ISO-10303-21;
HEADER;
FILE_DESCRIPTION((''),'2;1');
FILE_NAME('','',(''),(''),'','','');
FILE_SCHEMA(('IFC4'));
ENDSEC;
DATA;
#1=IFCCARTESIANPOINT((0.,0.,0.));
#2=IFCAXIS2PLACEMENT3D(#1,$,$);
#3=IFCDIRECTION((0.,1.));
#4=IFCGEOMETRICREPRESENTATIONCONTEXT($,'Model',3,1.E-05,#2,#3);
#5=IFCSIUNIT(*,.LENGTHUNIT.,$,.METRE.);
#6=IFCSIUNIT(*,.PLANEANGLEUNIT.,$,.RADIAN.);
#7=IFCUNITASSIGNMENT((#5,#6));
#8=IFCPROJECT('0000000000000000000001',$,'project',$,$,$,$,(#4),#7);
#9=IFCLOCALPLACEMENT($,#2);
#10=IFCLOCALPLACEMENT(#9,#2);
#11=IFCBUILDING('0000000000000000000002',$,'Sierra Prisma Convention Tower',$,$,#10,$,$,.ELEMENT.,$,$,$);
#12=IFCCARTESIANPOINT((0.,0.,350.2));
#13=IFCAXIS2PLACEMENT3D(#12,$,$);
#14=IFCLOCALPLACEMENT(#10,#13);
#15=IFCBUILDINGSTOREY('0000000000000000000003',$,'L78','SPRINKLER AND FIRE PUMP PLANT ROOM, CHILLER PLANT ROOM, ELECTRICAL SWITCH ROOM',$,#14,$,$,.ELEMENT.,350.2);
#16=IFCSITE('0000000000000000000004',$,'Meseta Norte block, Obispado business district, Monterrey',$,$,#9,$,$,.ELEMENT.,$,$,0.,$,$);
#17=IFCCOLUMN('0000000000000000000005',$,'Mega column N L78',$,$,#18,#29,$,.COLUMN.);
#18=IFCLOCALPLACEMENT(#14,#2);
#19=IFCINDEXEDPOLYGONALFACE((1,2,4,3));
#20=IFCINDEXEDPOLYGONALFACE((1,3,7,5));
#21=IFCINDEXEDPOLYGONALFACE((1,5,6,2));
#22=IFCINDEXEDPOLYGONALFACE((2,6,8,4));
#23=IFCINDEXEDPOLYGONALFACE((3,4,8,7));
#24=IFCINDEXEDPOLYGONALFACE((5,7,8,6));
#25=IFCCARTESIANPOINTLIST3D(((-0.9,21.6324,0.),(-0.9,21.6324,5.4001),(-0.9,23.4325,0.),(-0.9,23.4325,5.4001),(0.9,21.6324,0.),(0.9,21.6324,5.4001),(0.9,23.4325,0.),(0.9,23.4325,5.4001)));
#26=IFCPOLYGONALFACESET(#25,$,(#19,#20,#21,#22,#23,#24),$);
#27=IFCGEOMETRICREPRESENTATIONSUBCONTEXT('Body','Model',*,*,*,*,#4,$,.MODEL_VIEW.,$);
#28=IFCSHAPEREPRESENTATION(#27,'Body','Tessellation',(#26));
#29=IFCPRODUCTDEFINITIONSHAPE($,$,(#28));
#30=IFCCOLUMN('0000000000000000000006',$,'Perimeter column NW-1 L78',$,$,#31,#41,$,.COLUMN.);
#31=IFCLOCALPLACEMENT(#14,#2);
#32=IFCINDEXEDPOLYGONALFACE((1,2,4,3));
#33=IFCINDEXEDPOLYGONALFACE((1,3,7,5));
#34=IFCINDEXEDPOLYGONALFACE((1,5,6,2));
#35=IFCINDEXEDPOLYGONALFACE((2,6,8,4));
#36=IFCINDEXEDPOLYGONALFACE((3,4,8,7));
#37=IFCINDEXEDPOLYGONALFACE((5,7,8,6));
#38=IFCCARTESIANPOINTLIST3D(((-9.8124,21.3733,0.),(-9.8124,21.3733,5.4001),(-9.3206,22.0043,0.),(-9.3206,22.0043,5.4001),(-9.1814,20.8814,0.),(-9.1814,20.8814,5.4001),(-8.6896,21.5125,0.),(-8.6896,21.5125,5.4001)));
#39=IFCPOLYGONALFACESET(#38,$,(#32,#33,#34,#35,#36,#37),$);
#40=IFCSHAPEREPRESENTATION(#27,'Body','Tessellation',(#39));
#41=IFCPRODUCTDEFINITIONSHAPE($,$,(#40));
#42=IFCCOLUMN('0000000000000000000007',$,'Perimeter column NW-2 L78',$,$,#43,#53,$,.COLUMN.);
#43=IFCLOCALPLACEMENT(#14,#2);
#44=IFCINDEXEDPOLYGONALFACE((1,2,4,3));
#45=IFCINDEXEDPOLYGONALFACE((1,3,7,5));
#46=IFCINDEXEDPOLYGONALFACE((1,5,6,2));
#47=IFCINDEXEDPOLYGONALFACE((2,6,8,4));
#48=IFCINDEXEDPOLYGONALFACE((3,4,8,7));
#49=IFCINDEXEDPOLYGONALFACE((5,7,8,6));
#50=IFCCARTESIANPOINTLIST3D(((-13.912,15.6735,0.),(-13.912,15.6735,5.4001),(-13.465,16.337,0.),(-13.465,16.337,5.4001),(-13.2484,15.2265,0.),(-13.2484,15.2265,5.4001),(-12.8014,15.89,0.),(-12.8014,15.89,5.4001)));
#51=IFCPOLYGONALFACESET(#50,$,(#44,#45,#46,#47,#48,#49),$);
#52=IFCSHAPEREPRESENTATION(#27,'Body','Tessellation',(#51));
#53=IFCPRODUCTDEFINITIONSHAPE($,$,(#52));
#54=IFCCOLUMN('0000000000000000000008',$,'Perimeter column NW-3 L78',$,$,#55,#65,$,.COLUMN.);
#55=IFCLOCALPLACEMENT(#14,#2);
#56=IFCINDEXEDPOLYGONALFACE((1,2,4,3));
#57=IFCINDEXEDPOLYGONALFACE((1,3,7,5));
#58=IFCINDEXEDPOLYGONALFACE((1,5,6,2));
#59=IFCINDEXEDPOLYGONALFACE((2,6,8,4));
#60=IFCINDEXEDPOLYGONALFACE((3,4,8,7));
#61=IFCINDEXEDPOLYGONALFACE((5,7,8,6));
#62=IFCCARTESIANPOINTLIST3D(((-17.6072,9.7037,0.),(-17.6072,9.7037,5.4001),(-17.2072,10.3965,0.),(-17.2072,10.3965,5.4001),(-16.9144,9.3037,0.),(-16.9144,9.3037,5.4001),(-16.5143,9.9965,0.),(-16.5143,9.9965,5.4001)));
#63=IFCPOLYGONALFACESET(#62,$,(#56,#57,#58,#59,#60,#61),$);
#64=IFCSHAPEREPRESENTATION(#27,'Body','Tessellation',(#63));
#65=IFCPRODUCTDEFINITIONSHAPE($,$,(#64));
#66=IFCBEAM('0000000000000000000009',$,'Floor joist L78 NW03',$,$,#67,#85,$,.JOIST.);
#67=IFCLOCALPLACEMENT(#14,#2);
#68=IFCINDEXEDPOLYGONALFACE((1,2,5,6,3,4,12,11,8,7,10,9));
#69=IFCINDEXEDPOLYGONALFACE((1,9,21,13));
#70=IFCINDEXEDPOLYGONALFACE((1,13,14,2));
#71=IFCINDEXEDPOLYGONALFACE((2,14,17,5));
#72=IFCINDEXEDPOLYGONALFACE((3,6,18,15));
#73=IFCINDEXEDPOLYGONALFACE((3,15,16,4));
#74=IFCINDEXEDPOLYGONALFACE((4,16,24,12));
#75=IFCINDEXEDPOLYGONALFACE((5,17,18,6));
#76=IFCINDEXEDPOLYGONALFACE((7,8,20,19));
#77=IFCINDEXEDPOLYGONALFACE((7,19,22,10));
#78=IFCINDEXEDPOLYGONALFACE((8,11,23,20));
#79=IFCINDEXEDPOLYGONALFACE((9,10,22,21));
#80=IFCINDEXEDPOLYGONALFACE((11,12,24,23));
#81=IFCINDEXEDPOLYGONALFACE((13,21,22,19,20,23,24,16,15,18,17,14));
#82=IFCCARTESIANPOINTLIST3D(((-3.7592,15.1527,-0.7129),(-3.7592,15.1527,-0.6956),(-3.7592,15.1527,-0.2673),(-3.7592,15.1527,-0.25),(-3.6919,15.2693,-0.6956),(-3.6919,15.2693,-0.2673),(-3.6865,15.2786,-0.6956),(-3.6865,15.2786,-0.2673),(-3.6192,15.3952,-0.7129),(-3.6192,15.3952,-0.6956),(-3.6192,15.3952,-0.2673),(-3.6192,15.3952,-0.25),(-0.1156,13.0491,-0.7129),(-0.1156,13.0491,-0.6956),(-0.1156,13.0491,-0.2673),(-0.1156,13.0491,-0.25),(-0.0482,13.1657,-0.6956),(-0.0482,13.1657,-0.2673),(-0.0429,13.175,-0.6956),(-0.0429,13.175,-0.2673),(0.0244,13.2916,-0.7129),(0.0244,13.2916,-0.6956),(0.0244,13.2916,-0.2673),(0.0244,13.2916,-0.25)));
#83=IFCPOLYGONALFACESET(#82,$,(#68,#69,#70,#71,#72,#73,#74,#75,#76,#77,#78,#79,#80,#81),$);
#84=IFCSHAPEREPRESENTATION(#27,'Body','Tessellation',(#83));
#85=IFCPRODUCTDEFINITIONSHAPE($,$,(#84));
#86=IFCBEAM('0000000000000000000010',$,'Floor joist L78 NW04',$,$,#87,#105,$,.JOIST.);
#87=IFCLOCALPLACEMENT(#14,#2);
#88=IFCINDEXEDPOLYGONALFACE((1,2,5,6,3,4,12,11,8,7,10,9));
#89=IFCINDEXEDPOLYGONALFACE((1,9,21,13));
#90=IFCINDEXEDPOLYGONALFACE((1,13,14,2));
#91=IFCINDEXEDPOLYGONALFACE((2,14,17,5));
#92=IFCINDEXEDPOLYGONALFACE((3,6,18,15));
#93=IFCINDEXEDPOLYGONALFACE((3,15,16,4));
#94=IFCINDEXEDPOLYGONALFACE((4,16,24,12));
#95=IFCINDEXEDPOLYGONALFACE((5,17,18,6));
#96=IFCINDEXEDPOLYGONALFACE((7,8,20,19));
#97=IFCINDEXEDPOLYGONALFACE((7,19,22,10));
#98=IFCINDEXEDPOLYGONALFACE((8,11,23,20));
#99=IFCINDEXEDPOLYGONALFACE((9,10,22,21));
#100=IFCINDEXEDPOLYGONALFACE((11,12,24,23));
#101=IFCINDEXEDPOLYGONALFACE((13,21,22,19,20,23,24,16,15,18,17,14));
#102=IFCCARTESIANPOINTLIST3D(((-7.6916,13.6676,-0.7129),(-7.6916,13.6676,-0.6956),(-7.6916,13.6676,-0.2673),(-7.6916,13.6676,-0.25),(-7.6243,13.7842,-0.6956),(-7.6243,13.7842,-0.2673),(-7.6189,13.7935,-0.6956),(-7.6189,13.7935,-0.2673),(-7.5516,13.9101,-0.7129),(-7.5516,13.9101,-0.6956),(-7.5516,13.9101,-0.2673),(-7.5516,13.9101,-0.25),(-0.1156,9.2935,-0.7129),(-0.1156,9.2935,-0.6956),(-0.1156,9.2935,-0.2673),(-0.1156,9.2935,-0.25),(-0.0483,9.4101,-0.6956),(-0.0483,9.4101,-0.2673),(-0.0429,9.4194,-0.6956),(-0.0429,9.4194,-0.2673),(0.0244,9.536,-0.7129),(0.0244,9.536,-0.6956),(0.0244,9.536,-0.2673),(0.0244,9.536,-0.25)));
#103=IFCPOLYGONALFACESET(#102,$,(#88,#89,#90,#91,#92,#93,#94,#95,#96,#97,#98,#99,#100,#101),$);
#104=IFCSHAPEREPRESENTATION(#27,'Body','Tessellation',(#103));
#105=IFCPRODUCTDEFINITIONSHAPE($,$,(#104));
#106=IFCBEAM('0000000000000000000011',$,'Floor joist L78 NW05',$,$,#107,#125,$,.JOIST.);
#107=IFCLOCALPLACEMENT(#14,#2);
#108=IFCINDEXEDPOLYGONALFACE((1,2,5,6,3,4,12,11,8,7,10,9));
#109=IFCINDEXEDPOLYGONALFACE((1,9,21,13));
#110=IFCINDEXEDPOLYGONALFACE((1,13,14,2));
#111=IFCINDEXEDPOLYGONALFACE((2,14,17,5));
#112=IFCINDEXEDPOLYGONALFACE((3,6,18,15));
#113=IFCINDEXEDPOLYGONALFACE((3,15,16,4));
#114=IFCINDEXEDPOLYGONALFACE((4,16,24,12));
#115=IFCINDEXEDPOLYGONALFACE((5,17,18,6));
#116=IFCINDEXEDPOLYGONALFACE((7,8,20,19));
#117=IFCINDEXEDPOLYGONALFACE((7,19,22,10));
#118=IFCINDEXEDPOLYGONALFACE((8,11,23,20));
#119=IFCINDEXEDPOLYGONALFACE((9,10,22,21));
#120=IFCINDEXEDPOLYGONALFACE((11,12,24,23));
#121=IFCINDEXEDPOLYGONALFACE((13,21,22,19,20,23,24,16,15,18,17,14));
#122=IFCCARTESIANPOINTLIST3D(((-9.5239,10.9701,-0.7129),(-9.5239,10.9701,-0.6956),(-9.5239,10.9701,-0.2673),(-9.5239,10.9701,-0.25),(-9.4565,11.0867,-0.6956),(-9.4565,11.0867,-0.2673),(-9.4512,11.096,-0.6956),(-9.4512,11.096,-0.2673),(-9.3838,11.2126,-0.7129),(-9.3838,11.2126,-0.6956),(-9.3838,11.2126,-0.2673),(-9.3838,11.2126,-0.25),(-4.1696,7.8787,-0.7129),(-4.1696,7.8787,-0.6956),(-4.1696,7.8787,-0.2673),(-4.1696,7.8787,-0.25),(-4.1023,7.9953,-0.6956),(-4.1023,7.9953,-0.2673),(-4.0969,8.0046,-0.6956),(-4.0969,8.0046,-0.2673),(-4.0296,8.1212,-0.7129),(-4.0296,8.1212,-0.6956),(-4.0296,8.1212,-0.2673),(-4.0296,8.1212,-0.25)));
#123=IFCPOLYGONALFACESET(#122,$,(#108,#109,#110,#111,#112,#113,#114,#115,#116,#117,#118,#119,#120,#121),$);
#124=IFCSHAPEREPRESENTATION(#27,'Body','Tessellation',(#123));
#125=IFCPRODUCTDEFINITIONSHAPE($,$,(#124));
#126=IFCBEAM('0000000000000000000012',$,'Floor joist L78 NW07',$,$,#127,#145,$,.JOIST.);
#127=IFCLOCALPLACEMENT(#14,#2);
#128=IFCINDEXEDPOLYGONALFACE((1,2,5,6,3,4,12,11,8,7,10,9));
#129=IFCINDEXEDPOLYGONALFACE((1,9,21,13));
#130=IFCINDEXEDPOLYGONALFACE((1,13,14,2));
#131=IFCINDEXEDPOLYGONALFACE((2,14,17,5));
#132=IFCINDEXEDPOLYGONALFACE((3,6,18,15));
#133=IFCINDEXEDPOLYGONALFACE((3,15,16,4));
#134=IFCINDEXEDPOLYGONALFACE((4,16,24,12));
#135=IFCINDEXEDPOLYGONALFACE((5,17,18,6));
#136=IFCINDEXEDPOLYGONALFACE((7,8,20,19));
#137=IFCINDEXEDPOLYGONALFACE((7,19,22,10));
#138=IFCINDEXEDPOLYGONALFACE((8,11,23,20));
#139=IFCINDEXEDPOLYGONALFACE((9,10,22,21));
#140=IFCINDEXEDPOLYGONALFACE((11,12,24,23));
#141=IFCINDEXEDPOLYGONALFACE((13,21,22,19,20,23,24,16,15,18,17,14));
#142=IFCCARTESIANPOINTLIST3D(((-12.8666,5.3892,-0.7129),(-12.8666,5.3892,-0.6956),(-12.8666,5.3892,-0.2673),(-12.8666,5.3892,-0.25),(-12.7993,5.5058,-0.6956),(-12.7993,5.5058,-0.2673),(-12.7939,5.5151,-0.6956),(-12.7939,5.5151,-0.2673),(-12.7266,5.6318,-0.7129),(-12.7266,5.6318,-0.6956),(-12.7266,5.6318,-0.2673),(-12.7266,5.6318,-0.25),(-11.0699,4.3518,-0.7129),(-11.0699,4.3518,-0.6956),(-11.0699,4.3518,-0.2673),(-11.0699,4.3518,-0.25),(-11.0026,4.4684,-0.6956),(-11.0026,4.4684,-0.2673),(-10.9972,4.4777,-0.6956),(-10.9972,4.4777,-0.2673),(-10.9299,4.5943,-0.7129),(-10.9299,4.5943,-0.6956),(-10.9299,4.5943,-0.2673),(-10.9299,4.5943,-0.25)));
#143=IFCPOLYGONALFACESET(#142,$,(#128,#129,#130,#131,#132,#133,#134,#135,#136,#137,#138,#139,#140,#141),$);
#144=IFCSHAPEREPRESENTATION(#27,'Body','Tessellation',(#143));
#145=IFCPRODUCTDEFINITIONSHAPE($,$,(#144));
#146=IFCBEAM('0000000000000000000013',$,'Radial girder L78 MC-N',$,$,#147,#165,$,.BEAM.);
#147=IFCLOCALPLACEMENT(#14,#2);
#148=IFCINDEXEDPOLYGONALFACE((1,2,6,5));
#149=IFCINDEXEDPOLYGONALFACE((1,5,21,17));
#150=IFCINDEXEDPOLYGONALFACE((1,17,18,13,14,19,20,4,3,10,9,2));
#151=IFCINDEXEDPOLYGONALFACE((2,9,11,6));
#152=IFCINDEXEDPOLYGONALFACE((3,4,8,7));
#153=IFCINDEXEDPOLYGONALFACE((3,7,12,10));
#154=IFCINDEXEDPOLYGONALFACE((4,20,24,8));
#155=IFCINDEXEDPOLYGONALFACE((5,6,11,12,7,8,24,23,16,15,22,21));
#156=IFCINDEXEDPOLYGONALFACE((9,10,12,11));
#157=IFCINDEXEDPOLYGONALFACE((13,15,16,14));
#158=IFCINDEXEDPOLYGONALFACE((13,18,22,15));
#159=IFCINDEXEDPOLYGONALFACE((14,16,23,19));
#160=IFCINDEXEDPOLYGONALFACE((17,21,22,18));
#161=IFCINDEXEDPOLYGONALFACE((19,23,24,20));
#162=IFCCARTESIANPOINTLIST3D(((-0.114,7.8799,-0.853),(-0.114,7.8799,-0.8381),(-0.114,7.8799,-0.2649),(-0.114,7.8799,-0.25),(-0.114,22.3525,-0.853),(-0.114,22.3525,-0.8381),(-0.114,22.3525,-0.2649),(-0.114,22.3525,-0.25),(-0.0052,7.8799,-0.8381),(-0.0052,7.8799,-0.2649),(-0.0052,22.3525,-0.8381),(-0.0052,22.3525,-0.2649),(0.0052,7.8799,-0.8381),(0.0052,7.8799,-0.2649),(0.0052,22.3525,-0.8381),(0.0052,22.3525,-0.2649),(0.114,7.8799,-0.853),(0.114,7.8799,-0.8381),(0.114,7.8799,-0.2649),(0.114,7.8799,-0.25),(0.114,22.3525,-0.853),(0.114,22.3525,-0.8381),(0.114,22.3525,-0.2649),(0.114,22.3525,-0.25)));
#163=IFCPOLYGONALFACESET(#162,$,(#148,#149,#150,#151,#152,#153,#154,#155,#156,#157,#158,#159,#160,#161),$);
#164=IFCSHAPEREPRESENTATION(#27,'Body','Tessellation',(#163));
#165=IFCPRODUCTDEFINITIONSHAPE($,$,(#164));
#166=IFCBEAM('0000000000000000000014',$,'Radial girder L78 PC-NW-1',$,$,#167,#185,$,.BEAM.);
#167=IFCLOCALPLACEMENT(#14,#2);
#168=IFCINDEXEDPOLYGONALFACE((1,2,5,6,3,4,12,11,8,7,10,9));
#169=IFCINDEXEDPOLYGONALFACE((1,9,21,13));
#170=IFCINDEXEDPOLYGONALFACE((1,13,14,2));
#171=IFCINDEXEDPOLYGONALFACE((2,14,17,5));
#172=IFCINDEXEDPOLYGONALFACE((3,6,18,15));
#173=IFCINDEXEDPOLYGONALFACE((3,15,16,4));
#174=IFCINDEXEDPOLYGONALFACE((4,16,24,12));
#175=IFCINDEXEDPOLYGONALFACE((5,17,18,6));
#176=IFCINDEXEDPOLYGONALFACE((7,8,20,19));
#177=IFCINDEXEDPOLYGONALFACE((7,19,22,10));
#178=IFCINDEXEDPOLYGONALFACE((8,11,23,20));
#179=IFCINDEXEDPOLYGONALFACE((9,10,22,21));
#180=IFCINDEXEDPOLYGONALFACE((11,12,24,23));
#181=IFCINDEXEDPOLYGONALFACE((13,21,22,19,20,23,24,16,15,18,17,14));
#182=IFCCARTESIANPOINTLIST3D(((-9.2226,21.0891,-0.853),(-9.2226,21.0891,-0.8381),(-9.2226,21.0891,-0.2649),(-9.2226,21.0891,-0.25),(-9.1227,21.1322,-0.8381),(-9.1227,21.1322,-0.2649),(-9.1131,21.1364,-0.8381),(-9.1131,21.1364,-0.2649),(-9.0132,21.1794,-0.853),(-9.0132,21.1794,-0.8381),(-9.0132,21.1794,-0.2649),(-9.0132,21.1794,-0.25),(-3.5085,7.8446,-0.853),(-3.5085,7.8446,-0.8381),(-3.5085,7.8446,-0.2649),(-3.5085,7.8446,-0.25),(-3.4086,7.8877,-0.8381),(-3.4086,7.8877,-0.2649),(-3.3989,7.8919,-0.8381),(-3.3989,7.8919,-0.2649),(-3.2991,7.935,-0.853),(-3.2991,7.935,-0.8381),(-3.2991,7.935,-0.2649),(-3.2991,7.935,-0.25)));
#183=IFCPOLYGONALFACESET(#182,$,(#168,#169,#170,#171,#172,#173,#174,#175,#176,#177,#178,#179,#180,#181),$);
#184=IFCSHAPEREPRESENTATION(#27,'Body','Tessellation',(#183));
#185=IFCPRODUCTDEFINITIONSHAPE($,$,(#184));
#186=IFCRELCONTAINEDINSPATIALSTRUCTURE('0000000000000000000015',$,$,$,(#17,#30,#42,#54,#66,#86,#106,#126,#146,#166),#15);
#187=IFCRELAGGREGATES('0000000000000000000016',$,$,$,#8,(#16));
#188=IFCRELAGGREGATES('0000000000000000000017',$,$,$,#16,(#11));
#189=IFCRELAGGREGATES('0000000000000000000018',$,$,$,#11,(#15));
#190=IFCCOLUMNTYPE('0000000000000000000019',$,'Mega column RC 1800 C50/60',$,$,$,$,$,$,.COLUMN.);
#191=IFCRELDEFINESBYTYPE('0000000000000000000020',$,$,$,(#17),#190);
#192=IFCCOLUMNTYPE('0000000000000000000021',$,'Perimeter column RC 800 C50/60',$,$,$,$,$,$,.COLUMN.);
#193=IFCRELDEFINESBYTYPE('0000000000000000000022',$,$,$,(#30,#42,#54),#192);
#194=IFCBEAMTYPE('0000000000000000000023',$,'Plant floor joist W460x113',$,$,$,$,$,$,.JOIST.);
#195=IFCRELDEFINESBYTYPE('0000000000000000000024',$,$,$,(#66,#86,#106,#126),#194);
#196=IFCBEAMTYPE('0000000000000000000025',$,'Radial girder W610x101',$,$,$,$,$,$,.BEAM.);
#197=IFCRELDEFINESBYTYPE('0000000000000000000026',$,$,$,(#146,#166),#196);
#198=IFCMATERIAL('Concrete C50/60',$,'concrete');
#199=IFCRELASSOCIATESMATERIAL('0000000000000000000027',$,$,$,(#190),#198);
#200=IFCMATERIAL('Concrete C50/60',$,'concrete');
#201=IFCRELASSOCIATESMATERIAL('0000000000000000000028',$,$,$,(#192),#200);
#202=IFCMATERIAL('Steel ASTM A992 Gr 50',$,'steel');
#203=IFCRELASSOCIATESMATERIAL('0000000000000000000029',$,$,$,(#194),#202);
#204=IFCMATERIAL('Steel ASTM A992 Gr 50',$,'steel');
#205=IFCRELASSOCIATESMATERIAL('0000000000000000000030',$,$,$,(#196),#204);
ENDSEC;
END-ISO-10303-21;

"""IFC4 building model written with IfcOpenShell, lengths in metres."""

from ifc_helpers import new_model, si_unit, direction, frame, origin, origin_2d, place, context, subcontext, project, spatial, rectangle, i_section, extrude, material, material_profile, profile_set, type_object, element, save


model = new_model("IFC4")

# Units and contexts
model_context = context("Model", 3, precision=1e-05, world=origin(), true_north=direction((0.0, 1.0)))
body_context = subcontext(model_context, "Body", "Model", "MODEL_VIEW")
ifc_project = project(units=[si_unit("LENGTHUNIT", "METRE"), si_unit("PLANEANGLEUNIT", "RADIAN")], contexts=[model_context])

# Site, building, storey
site_placement = place(None, origin())
site = spatial("IfcSite", under=ifc_project, at=site_placement, Name="Meseta Norte block, Obispado business district, Monterrey", CompositionType="ELEMENT", RefElevation=0.0)
building_placement = place(site_placement, origin())
building = spatial("IfcBuilding", under=site, at=building_placement, Name="Sierra Prisma Convention Tower", CompositionType="ELEMENT")
storey_placement = place(building_placement, frame((0.0, 0.0, 350.2)))
storey = spatial("IfcBuildingStorey", under=building, at=storey_placement, Name="L78", Description="SPRINKLER AND FIRE PUMP PLANT ROOM, CHILLER PLANT ROOM, ELECTRICAL SWITCH ROOM", CompositionType="ELEMENT", Elevation=350.2)

# Columns
ifc_material_1 = material(Name="Concrete C50/60", Category="concrete")
ifc_material_profile_1 = material_profile(ifc_material_1, rectangle(XDim=1.8, YDim=1.8, at=origin_2d()), Name="Mega column RC 1800 C50/60")
ifc_profile_set_1 = profile_set([ifc_material_profile_1], Name="Concrete C50/60")
column_type_1 = type_object("IfcColumnType", Name="Mega column RC 1800 C50/60", PredefinedType="COLUMN", material=ifc_profile_set_1)
column_placement = place(storey_placement, frame((0.0, 22.5325, 0.0), z_axis=(0.0, 0.0, 1.0), x_axis=(1.0, 0.0, 0.0)))
element("IfcColumn", 1, at=column_placement, inside=storey, type_object=column_type_1, Name="Mega column N L78", PredefinedType="COLUMN", context=body_context, shape_type="SweptSolid", body=[
    extrude(rectangle(XDim=1.8, YDim=1.8, at=origin_2d()), origin(), (0.0, 0.0, 1.0), 5.4001),
])
ifc_material_2 = material(Name="Concrete C50/60", Category="concrete")
ifc_material_profile_2 = material_profile(ifc_material_2, rectangle(XDim=0.8, YDim=0.8, at=origin_2d()), Name="Perimeter column RC 800 C50/60")
ifc_profile_set_2 = profile_set([ifc_material_profile_2], Name="Concrete C50/60")
column_type_2 = type_object("IfcColumnType", Name="Perimeter column RC 800 C50/60", PredefinedType="COLUMN", material=ifc_profile_set_2)
for number, where, z_axis, x_axis, name in (
    (2, (-9.251, 21.4429, 0.0), (0.0, 0.0, 1.0), (0.614744, 0.788727, 0.0), "Perimeter column NW-1 L78"),
    (3, (-13.3567, 15.7817, 0.0), (0.0, 0.0, 1.0), (0.55871, 0.829363, 0.0), "Perimeter column NW-2 L78"),
    (4, (-17.0608, 9.8501, 0.0), (0.0, 0.0, 1.0), (0.5, 0.866025, 0.0), "Perimeter column NW-3 L78"),
):
    element("IfcColumn", number, at=place(storey_placement, frame(where, z_axis=z_axis, x_axis=x_axis)), inside=storey, type_object=column_type_2, Name=name, PredefinedType="COLUMN", context=body_context, shape_type="SweptSolid", body=[
        extrude(rectangle(XDim=0.8, YDim=0.8, at=origin_2d()), origin(), (0.0, 0.0, 1.0), 5.4001),
    ])

# Beams
ifc_material_3 = material(Name="Steel ASTM A992 Gr 50", Category="steel")
ifc_material_profile_3 = material_profile(ifc_material_3, i_section(OverallWidth=0.28, OverallDepth=0.4629, WebThickness=0.0107, FlangeThickness=0.0173, at=origin_2d()), Name="W460x113")
ifc_profile_set_3 = profile_set([ifc_material_profile_3], Name="Steel ASTM A992 Gr 50")
beam_type_1 = type_object("IfcBeamType", Name="Plant floor joist W460x113", PredefinedType="JOIST", material=ifc_profile_set_3)
beam_1_placement = place(storey_placement, frame((-3.6892, 15.2739, -0.4814), z_axis=(0.866035, -0.499984, 0.0), x_axis=(0.499984, 0.866035, 0.0)))
element("IfcBeam", 5, at=beam_1_placement, inside=storey, type_object=beam_type_1, Name="Floor joist L78 NW03", PredefinedType="JOIST", context=body_context, shape_type="SweptSolid", body=[
    extrude(i_section(OverallWidth=0.28, OverallDepth=0.4629, WebThickness=0.0107, FlangeThickness=0.0173, at=origin_2d()), origin(), (0.0, 0.0, 1.0), 4.2073),
])
beam_2_placement = place(storey_placement, frame((-7.6216, 13.7888, -0.4814), z_axis=(0.866022, -0.500005, 0.0), x_axis=(0.500005, 0.866022, 0.0)))
element("IfcBeam", 6, at=beam_2_placement, inside=storey, type_object=beam_type_1, Name="Floor joist L78 NW04", PredefinedType="JOIST", context=body_context, shape_type="SweptSolid", body=[
    extrude(i_section(OverallWidth=0.28, OverallDepth=0.4629, WebThickness=0.0107, FlangeThickness=0.0173, at=origin_2d()), origin(), (0.0, 0.0, 1.0), 8.748),
])
beam_3_placement = place(storey_placement, frame((-9.4539, 11.0913, -0.4814), z_axis=(0.866023, -0.500004, 0.0), x_axis=(0.500004, 0.866023, 0.0)))
element("IfcBeam", 7, at=beam_3_placement, inside=storey, type_object=beam_type_1, Name="Floor joist L78 NW05", PredefinedType="JOIST", context=body_context, shape_type="SweptSolid", body=[
    extrude(i_section(OverallWidth=0.28, OverallDepth=0.4629, WebThickness=0.0107, FlangeThickness=0.0173, at=origin_2d()), origin(), (0.0, 0.0, 1.0), 6.1826),
])
beam_4_placement = place(storey_placement, frame((-12.7966, 5.5105, -0.4814), z_axis=(0.866011, -0.500025, 0.0), x_axis=(0.500025, 0.866011, 0.0)))
element("IfcBeam", 8, at=beam_4_placement, inside=storey, type_object=beam_type_1, Name="Floor joist L78 NW07", PredefinedType="JOIST", context=body_context, shape_type="SweptSolid", body=[
    extrude(i_section(OverallWidth=0.28, OverallDepth=0.4629, WebThickness=0.0107, FlangeThickness=0.0173, at=origin_2d()), origin(), (0.0, 0.0, 1.0), 2.0747),
])
ifc_material_4 = material(Name="Steel ASTM A992 Gr 50", Category="steel")
ifc_material_profile_4 = material_profile(ifc_material_4, i_section(OverallWidth=0.228, OverallDepth=0.603, WebThickness=0.0105, FlangeThickness=0.0149, at=origin_2d()), Name="W610x101")
ifc_profile_set_4 = profile_set([ifc_material_profile_4], Name="Steel ASTM A992 Gr 50")
beam_type_2 = type_object("IfcBeamType", Name="Radial girder W610x101", PredefinedType="BEAM", material=ifc_profile_set_4)
beam_5_placement = place(storey_placement, frame((0.0, 22.3525, -0.5515), z_axis=(0.0, -1.0, 0.0), x_axis=(1.0, 0.0, 0.0)))
element("IfcBeam", 9, at=beam_5_placement, inside=storey, type_object=beam_type_2, Name="Radial girder L78 MC-N", PredefinedType="BEAM", context=body_context, shape_type="SweptSolid", body=[
    extrude(i_section(OverallWidth=0.228, OverallDepth=0.603, WebThickness=0.0105, FlangeThickness=0.0149, at=origin_2d()), origin(), (0.0, 0.0, 1.0), 14.4727),
])
beam_6_placement = place(storey_placement, frame((-9.1179, 21.1343, -0.5515), z_axis=(0.396141, -0.91819, 0.0), x_axis=(0.91819, 0.396141, 0.0)))
element("IfcBeam", 10, at=beam_6_placement, inside=storey, type_object=beam_type_2, Name="Radial girder L78 PC-NW-1", PredefinedType="BEAM", context=body_context, shape_type="SweptSolid", body=[
    extrude(i_section(OverallWidth=0.228, OverallDepth=0.603, WebThickness=0.0105, FlangeThickness=0.0149, at=origin_2d()), origin(), (0.0, 0.0, 1.0), 14.4246),
])

save(model, "model.ifc")
